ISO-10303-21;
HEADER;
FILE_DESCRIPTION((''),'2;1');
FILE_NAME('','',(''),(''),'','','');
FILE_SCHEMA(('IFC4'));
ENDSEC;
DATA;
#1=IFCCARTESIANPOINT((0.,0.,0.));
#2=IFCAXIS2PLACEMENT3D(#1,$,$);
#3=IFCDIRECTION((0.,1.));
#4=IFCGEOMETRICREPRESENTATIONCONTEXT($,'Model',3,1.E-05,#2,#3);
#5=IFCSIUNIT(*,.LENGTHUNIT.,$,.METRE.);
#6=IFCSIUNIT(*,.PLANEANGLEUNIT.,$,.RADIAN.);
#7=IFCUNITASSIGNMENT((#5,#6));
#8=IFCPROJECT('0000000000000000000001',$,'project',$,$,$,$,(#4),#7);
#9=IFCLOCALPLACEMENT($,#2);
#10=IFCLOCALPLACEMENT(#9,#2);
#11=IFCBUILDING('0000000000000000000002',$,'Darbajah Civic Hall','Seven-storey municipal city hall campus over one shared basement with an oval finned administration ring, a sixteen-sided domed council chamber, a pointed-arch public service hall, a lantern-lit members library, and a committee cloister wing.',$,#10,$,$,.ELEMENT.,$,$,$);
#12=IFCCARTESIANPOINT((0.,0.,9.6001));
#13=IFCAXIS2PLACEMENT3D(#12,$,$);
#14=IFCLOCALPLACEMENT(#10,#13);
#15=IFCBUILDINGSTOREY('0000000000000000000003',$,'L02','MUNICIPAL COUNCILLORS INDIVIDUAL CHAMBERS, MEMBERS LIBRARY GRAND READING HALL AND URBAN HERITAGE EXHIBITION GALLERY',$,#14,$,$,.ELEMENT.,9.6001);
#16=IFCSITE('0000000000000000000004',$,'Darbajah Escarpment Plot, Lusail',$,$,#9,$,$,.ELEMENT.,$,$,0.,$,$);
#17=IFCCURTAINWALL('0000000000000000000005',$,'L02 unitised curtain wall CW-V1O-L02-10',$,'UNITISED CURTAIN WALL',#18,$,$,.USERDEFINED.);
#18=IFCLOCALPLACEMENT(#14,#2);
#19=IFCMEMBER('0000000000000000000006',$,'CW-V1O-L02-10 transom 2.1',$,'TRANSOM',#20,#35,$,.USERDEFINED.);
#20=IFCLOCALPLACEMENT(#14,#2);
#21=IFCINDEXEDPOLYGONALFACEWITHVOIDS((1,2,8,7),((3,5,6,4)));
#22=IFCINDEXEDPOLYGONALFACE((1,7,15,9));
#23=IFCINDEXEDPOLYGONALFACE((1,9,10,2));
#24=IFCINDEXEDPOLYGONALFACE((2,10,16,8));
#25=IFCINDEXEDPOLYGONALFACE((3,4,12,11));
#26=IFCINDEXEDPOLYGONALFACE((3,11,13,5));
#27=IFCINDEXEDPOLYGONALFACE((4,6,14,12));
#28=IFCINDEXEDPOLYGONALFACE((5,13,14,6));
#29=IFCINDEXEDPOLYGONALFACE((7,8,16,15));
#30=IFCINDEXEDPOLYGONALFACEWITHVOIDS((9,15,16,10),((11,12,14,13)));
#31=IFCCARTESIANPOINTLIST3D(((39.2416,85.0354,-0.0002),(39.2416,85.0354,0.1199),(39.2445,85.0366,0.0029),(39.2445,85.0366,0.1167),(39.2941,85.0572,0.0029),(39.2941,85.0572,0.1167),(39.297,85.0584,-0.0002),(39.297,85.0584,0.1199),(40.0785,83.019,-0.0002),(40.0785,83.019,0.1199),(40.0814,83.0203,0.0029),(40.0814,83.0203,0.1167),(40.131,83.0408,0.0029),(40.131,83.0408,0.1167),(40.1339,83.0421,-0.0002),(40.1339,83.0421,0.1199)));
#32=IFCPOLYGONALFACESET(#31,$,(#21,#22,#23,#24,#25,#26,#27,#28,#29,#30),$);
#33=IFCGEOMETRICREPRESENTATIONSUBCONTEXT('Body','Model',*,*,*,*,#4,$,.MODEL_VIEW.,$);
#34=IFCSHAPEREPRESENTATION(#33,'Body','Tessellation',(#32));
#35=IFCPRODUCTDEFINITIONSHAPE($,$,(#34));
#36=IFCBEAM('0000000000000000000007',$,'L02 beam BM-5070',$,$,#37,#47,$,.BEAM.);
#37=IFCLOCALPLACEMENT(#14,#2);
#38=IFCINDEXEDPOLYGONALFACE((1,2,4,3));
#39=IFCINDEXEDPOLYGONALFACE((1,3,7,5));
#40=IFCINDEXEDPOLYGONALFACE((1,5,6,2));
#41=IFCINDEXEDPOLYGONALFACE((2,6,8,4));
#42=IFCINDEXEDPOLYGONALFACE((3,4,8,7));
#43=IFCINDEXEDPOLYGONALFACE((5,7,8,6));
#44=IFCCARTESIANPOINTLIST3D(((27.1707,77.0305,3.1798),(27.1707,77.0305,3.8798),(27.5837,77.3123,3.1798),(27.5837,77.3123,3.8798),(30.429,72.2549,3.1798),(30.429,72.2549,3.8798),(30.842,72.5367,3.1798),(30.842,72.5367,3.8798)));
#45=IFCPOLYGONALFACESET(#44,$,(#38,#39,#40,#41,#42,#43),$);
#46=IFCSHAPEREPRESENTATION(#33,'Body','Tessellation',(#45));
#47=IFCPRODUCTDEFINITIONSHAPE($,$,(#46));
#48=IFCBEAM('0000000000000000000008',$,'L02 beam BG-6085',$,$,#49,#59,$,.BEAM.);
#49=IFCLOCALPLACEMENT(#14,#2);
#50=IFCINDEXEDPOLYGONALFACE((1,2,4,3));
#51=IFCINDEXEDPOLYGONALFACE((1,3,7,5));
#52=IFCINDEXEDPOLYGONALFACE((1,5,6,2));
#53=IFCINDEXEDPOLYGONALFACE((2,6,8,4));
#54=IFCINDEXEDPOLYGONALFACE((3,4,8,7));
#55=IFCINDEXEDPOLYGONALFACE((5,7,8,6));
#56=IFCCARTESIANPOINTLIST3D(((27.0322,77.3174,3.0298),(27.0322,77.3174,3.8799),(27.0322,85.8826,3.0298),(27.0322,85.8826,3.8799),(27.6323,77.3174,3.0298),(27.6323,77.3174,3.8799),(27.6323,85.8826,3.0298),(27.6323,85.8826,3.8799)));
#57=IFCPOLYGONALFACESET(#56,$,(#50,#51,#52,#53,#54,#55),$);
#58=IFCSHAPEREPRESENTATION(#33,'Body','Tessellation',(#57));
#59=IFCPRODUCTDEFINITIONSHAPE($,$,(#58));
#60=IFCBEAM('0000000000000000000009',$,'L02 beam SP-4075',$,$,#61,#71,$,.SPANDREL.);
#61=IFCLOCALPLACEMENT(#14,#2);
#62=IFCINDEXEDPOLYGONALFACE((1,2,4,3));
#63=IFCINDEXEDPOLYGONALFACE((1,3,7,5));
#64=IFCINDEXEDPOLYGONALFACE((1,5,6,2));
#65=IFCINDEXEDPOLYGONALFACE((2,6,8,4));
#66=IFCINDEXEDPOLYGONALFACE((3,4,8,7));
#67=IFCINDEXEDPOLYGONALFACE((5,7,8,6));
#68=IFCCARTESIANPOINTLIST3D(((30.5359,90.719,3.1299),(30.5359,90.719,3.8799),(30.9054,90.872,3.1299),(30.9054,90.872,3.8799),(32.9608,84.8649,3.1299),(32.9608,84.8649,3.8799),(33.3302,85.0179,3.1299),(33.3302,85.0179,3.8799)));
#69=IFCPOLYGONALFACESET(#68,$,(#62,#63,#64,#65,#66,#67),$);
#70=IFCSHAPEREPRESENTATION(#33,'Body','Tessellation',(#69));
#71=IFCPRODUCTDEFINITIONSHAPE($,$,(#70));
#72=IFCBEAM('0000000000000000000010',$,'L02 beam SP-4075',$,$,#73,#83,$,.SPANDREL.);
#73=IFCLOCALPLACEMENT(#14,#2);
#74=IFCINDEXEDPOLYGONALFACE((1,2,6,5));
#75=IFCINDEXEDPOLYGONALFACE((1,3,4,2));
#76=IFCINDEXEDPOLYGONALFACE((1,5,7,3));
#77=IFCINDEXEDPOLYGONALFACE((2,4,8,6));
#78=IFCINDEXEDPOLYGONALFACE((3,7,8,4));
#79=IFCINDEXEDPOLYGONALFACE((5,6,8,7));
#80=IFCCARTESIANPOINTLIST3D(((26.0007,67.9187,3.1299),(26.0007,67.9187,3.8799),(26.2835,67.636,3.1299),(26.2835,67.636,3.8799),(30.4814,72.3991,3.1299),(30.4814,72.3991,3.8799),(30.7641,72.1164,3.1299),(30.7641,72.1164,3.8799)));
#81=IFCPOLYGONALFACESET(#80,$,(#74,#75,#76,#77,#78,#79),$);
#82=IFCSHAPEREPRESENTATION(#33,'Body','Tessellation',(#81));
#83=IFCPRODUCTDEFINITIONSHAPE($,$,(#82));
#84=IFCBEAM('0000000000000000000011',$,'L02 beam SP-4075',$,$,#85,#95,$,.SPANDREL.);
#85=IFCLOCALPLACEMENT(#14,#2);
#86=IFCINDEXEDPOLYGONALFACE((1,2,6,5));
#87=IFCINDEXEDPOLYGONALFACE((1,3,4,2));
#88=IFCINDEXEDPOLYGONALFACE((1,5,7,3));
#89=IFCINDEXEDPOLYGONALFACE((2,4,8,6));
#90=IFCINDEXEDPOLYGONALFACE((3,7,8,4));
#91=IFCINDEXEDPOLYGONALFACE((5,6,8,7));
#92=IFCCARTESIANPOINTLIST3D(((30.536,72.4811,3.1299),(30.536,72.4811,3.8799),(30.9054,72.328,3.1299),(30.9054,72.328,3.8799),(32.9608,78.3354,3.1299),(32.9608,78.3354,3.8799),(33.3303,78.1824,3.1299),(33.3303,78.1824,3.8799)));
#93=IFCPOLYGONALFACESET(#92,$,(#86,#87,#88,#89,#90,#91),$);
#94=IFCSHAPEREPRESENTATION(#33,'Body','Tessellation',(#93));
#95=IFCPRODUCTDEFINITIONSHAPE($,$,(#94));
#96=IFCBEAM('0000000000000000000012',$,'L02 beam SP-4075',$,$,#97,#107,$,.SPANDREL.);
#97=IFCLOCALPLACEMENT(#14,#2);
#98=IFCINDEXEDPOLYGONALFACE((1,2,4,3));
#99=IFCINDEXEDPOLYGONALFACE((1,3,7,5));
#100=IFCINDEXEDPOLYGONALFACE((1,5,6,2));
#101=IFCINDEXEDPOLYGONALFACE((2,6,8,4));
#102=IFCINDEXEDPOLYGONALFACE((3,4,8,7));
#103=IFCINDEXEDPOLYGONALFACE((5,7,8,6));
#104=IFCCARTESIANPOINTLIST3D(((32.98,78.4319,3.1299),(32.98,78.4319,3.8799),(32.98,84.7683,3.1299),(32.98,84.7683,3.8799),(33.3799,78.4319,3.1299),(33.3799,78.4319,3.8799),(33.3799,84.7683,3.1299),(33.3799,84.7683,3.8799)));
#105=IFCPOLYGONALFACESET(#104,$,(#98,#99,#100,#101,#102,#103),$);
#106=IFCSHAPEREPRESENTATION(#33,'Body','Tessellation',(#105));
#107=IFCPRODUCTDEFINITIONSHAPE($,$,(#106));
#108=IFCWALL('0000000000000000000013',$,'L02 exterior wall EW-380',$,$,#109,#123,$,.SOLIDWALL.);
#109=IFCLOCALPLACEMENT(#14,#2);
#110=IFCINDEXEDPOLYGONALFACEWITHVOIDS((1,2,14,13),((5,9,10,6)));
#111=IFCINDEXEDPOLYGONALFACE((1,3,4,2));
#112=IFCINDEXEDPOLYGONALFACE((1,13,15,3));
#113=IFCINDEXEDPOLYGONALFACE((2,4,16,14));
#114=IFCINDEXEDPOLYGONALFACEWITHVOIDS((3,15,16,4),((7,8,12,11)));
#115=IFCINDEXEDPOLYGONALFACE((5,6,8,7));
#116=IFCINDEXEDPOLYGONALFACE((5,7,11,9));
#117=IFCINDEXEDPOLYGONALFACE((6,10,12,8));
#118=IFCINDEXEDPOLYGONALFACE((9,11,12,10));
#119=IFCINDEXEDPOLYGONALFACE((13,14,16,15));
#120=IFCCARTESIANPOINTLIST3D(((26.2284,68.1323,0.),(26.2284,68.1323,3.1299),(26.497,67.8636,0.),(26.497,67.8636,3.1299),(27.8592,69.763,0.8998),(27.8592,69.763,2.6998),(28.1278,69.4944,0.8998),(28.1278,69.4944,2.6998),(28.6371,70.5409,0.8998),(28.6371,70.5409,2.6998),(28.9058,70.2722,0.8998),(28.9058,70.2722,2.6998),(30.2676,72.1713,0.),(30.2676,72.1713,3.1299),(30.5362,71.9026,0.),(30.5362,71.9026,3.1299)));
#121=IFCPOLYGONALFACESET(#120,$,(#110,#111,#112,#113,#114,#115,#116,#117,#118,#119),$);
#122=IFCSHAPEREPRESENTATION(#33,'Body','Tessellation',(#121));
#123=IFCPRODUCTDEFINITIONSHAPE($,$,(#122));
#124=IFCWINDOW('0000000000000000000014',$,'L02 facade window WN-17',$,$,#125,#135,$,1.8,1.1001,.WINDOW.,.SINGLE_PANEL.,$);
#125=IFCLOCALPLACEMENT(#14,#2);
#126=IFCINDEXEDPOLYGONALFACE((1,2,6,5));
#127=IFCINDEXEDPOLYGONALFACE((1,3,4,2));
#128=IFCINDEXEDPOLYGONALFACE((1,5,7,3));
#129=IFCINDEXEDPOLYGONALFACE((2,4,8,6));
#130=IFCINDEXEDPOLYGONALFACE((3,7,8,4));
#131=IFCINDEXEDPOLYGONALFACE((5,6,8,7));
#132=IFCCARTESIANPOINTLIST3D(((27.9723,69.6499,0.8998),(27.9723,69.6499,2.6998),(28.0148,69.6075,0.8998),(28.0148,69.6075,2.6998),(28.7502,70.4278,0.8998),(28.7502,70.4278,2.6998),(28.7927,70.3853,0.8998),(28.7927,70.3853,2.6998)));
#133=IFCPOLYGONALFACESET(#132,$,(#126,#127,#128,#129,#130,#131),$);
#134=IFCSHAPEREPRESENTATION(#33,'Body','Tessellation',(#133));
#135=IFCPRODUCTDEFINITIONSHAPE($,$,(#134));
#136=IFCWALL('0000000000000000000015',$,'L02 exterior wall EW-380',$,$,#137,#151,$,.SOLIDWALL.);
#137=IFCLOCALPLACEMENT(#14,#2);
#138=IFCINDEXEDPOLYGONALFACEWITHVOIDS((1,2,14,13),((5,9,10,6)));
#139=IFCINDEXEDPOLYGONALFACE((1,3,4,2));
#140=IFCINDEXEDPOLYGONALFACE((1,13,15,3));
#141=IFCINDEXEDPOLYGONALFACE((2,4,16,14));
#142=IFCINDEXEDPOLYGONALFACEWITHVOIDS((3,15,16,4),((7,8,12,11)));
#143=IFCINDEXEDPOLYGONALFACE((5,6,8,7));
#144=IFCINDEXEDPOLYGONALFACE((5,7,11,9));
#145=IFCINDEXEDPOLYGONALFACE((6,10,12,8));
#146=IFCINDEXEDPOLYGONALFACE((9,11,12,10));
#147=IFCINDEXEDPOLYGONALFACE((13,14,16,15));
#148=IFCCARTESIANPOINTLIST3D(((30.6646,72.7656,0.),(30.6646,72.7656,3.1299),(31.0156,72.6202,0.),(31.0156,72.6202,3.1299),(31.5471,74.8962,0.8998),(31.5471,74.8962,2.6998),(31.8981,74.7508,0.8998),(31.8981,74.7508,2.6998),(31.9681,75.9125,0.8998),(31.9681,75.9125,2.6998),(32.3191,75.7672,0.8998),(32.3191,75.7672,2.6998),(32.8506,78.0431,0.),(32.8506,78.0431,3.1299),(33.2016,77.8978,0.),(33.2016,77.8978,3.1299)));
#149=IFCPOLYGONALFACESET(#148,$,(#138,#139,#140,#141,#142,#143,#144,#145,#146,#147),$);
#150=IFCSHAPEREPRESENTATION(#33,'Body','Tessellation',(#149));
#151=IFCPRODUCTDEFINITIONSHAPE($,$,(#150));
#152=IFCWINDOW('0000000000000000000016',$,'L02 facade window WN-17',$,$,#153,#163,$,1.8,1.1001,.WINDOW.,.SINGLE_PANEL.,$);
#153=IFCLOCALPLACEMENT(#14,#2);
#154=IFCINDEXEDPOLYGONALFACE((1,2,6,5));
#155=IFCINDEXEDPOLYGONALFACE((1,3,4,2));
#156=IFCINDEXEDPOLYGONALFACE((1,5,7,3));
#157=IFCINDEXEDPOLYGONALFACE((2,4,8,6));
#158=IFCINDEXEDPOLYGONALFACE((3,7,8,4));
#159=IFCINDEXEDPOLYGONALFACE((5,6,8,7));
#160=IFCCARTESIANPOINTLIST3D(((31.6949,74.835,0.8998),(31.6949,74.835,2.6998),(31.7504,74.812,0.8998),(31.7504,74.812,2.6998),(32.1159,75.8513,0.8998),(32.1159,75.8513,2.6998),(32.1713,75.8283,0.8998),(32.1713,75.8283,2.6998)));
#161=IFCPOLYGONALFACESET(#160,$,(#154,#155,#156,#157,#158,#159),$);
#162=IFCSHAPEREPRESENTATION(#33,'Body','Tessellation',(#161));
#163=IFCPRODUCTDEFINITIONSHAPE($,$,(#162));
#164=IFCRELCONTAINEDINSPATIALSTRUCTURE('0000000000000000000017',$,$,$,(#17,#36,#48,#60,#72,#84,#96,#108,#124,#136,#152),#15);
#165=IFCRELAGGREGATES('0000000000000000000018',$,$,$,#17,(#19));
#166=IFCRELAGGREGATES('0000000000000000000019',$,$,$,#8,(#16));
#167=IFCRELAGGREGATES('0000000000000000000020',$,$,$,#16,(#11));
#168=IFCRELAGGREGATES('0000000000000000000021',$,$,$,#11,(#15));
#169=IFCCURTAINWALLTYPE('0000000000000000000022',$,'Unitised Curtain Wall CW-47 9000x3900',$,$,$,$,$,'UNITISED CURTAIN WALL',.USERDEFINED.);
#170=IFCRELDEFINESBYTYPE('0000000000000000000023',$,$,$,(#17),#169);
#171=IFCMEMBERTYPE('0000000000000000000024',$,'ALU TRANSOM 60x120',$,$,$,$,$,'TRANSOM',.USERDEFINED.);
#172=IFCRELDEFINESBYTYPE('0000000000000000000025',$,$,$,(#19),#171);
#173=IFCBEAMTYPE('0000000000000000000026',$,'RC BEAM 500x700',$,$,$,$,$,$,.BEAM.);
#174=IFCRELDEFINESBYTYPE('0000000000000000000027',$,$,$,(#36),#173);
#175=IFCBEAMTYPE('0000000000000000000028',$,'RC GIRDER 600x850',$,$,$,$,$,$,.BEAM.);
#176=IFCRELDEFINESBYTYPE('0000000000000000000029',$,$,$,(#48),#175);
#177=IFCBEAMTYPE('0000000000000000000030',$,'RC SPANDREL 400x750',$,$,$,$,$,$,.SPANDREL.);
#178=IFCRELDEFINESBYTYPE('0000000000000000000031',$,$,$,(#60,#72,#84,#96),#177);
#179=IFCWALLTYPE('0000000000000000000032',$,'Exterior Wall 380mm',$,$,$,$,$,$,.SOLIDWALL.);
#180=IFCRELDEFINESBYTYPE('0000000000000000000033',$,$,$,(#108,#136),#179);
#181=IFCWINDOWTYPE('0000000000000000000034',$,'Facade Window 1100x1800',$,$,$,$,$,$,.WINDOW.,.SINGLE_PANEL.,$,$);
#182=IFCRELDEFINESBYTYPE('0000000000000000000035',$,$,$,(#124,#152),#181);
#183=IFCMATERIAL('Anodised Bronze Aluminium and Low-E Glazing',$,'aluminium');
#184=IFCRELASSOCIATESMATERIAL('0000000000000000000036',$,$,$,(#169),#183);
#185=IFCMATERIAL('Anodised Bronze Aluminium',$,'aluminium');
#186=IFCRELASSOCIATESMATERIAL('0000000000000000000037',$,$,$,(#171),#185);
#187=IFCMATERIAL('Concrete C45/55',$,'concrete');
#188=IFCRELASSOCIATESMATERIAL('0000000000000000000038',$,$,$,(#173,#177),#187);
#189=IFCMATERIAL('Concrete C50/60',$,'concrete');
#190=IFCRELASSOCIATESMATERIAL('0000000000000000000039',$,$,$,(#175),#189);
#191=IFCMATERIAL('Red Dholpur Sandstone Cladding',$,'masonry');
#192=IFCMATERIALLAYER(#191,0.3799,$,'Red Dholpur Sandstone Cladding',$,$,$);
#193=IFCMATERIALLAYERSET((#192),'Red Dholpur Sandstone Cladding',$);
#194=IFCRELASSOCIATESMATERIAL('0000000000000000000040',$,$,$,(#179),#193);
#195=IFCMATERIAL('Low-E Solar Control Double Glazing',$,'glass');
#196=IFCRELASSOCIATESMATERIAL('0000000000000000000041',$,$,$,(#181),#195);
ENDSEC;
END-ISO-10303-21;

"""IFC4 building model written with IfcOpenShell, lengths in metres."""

from ifc_helpers import new_model, si_unit, direction, frame, frame_2d, origin, origin_2d, place, context, subcontext, project, spatial, rectangle, hollow_rectangle, extrude, material, layer, layer_set, material_profile, profile_set, type_object, element, fill, aggregate, save


model = new_model("IFC4")

# Units and contexts
model_context = context("Model", 3, precision=1e-05, world=origin(), true_north=direction((0.0, 1.0)))
body_context = subcontext(model_context, "Body", "Model", "MODEL_VIEW")
ifc_project = project(units=[si_unit("LENGTHUNIT", "METRE"), si_unit("PLANEANGLEUNIT", "RADIAN")], contexts=[model_context])

# Site, building, storey
site_placement = place(None, origin())
site = spatial("IfcSite", under=ifc_project, at=site_placement, Name="Darbajah Escarpment Plot, Lusail", CompositionType="ELEMENT", RefElevation=0.0)
building_placement = place(site_placement, origin())
building = spatial("IfcBuilding", under=site, at=building_placement, Name="Darbajah Civic Hall", Description="Seven-storey municipal city hall campus over one shared basement with an oval finned administration ring, a sixteen-sided domed council chamber, a pointed-arch public service hall, a lantern-lit members library, and a committee cloister wing.", CompositionType="ELEMENT")
storey_placement = place(building_placement, frame((0.0, 0.0, 9.6001)))
storey = spatial("IfcBuildingStorey", under=building, at=storey_placement, Name="L02", Description="MUNICIPAL COUNCILLORS INDIVIDUAL CHAMBERS, MEMBERS LIBRARY GRAND READING HALL AND URBAN HERITAGE EXHIBITION GALLERY", CompositionType="ELEMENT", Elevation=9.6001)

# Shared definitions
ifc_material_1 = material(Name="Concrete C45/55", Category="concrete")
ifc_material_2 = material(Name="Concrete C50/60", Category="concrete")

# Curtain wall, member
ifc_material_3 = material(Name="Anodised Bronze Aluminium and Low-E Glazing", Category="aluminium")
curtain_wall_type = type_object("IfcCurtainWallType", Name="Unitised Curtain Wall CW-47 9000x3900", ElementType="UNITISED CURTAIN WALL", PredefinedType="USERDEFINED", material=ifc_material_3)
curtain_wall_placement = place(storey_placement, origin())
curtain_wall = element("IfcCurtainWall", 1, at=curtain_wall_placement, inside=storey, type_object=curtain_wall_type, Name="L02 unitised curtain wall CW-V1O-L02-10", ObjectType="UNITISED CURTAIN WALL", PredefinedType="USERDEFINED")
ifc_material_4 = material(Name="Anodised Bronze Aluminium", Category="aluminium")
ifc_material_profile_1 = material_profile(ifc_material_4, hollow_rectangle(XDim=0.0601, YDim=0.1201, WallThickness=0.0032, at=origin_2d()), Name="ALU TRANSOM 60x120")
ifc_profile_set_1 = profile_set([ifc_material_profile_1], Name="Anodised Bronze Aluminium")
member_type = type_object("IfcMemberType", Name="ALU TRANSOM 60x120", ElementType="TRANSOM", PredefinedType="USERDEFINED", material=ifc_profile_set_1)
member_placement = place(storey_placement, frame((39.2693, 85.0469, 0.0598), z_axis=(0.383352, -0.923602, 0.0), x_axis=(0.923602, 0.383352, 0.0)))
member = element("IfcMember", 2, at=member_placement, type_object=member_type, Name="CW-V1O-L02-10 transom 2.1", ObjectType="TRANSOM", PredefinedType="USERDEFINED", context=body_context, shape_type="SweptSolid", body=[
    extrude(hollow_rectangle(XDim=0.0601, YDim=0.1201, WallThickness=0.0032, at=origin_2d()), origin(), (0.0, 0.0, 1.0), 2.1831),
])
aggregate(curtain_wall, [member])

# Beams
ifc_material_profile_2 = material_profile(ifc_material_1, rectangle(XDim=0.5, YDim=0.7, at=origin_2d()), Name="RC BEAM 500x700")
ifc_profile_set_2 = profile_set([ifc_material_profile_2], Name="Concrete C45/55")
beam_type_1 = type_object("IfcBeamType", Name="RC BEAM 500x700", PredefinedType="BEAM", material=ifc_profile_set_2)
beam_1_placement = place(storey_placement, frame((27.3772, 77.1714, 3.5298), z_axis=(0.563595, -0.826051, 0.0), x_axis=(0.826051, 0.563595, 0.0)))
element("IfcBeam", 3, at=beam_1_placement, inside=storey, type_object=beam_type_1, Name="L02 beam BM-5070", PredefinedType="BEAM", context=body_context, shape_type="SweptSolid", body=[
    extrude(rectangle(XDim=0.5, YDim=0.7, at=origin_2d()), origin(), (0.0, 0.0, 1.0), 5.7812),
])
ifc_material_profile_3 = material_profile(ifc_material_2, rectangle(XDim=0.6001, YDim=0.8501, at=origin_2d()), Name="RC GIRDER 600x850")
ifc_profile_set_3 = profile_set([ifc_material_profile_3], Name="Concrete C50/60")
beam_type_2 = type_object("IfcBeamType", Name="RC GIRDER 600x850", PredefinedType="BEAM", material=ifc_profile_set_3)
beam_2_placement = place(storey_placement, frame((27.3323, 77.3174, 3.4548), z_axis=(0.0, 1.0, 0.0), x_axis=(-1.0, 0.0, 0.0)))
element("IfcBeam", 4, at=beam_2_placement, inside=storey, type_object=beam_type_2, Name="L02 beam BG-6085", PredefinedType="BEAM", context=body_context, shape_type="SweptSolid", body=[
    extrude(rectangle(XDim=0.6001, YDim=0.8501, at=origin_2d()), origin(), (0.0, 0.0, 1.0), 8.5652),
])
ifc_material_profile_4 = material_profile(ifc_material_1, rectangle(XDim=0.3999, YDim=0.75, at=origin_2d()), Name="RC SPANDREL 400x750")
ifc_profile_set_4 = profile_set([ifc_material_profile_4], Name="Concrete C45/55")
beam_type_3 = type_object("IfcBeamType", Name="RC SPANDREL 400x750", PredefinedType="SPANDREL", material=ifc_profile_set_4)
for number, where, z_axis, x_axis, name in (
    (5, (33.1455, 84.9414, 3.5049), (-0.382683, 0.92388, 0.0), (-0.92388, -0.382683, 0.0), "L02 beam SP-4075"),
    (6, (26.1421, 67.7773, 3.5049), (0.707126, 0.707088, 0.0), (-0.707088, 0.707126, 0.0), "L02 beam SP-4075"),
):
    element("IfcBeam", number, at=place(storey_placement, frame(where, z_axis=z_axis, x_axis=x_axis)), inside=storey, type_object=beam_type_3, Name=name, PredefinedType="SPANDREL", context=body_context, shape_type="SweptSolid", body=[
        extrude(rectangle(XDim=0.3999, YDim=0.75, at=origin_2d()), origin(), (0.0, 0.0, 1.0), 6.3364),
    ])
beam_3_placement = place(storey_placement, frame((30.7207, 72.4045, 3.5049), z_axis=(0.382669, 0.923885, 0.0), x_axis=(-0.923885, 0.382669, 0.0)))
element("IfcBeam", 7, at=beam_3_placement, inside=storey, type_object=beam_type_3, Name="L02 beam SP-4075", PredefinedType="SPANDREL", context=body_context, shape_type="SweptSolid", body=[
    extrude(rectangle(XDim=0.3999, YDim=0.75, at=origin_2d()), origin(), (0.0, 0.0, 1.0), 6.3367),
])
beam_4_placement = place(storey_placement, frame((33.1799, 78.4319, 3.5049), z_axis=(0.0, 1.0, 0.0), x_axis=(-1.0, 0.0, 0.0)))
element("IfcBeam", 8, at=beam_4_placement, inside=storey, type_object=beam_type_3, Name="L02 beam SP-4075", PredefinedType="SPANDREL", context=body_context, shape_type="SweptSolid", body=[
    extrude(rectangle(XDim=0.3999, YDim=0.75, at=origin_2d()), origin(), (0.0, 0.0, 1.0), 6.3364),
])

# Walls, openings, windows
ifc_material_5 = material(Name="Red Dholpur Sandstone Cladding", Category="masonry")
ifc_layer_1 = layer(ifc_material_5, 0.3799, Name="Red Dholpur Sandstone Cladding")
ifc_layer_set_1 = layer_set([ifc_layer_1], Name="Red Dholpur Sandstone Cladding")
wall_type_1 = type_object("IfcWallType", Name="Exterior Wall 380mm", PredefinedType="SOLIDWALL", material=ifc_layer_set_1)
wall_1_placement = place(storey_placement, frame((26.3628, 67.998, 0.0), z_axis=(0.0, 0.0, 1.0), x_axis=(0.707128, 0.707085, 0.0)))
wall_1 = element("IfcWall", 9, at=wall_1_placement, inside=storey, type_object=wall_type_1, Name="L02 exterior wall EW-380", PredefinedType="SOLIDWALL", context=body_context, shape_type="SweptSolid", body=[
    extrude(rectangle(XDim=5.7122, YDim=0.3799, at=frame_2d((2.856, 0.0))), origin(), (0.0, 0.0, 1.0), 3.1299),
])
opening_1_placement = place(wall_1_placement, frame((2.3062, 0.0, 0.8999)))
opening_1 = element("IfcOpeningElement", 10, at=opening_1_placement, cuts=wall_1, PredefinedType="OPENING", context=body_context, shape_type="SweptSolid", body=[
    extrude(rectangle(XDim=1.1001, YDim=1.8, at=frame_2d((0.55, 0.8999))), frame((0.0, 0.2, 0.0), z_axis=(0.0, -1.0, 0.0), x_axis=(1.0, 0.0, 0.0)), (0.0, 0.0, 1.0), 0.3999),
])
ifc_material_6 = material(Name="Low-E Solar Control Double Glazing", Category="glass")
window_type = type_object("IfcWindowType", Name="Facade Window 1100x1800", PartitioningType="SINGLE_PANEL", PredefinedType="WINDOW", material=ifc_material_6)
window_1_placement = place(opening_1_placement, origin())
window_1 = element("IfcWindow", 11, at=window_1_placement, inside=storey, type_object=window_type, Name="L02 facade window WN-17", OverallHeight=1.8, OverallWidth=1.1001, PartitioningType="SINGLE_PANEL", PredefinedType="WINDOW", context=body_context, shape_type="SweptSolid", body=[
    extrude(rectangle(XDim=1.1001, YDim=1.8, at=frame_2d((0.55, 0.8999))), frame((0.0, 0.03, 0.0), z_axis=(0.0, -1.0, 0.0), x_axis=(1.0, 0.0, 0.0)), (0.0, 0.0, 1.0), 0.0601),
])
fill(opening_1, window_1)
wall_2_placement = place(storey_placement, frame((30.8401, 72.6929, 0.0), z_axis=(0.0, 0.0, 1.0), x_axis=(0.382681, 0.92388, 0.0)))
wall_2 = element("IfcWall", 12, at=wall_2_placement, inside=storey, type_object=wall_type_1, Name="L02 exterior wall EW-380", PredefinedType="SOLIDWALL", context=body_context, shape_type="SweptSolid", body=[
    extrude(rectangle(XDim=5.7124, YDim=0.3799, at=frame_2d((2.8562, 0.0))), origin(), (0.0, 0.0, 1.0), 3.1299),
])
opening_2_placement = place(wall_2_placement, frame((2.3062, 0.0, 0.8999)))
opening_2 = element("IfcOpeningElement", 13, at=opening_2_placement, cuts=wall_2, PredefinedType="OPENING", context=body_context, shape_type="SweptSolid", body=[
    extrude(rectangle(XDim=1.1001, YDim=1.8, at=frame_2d((0.55, 0.8999))), frame((0.0, 0.2, 0.0), z_axis=(0.0, -1.0, 0.0), x_axis=(1.0, 0.0, 0.0)), (0.0, 0.0, 1.0), 0.3999),
])
window_2_placement = place(opening_2_placement, origin())
window_2 = element("IfcWindow", 14, at=window_2_placement, inside=storey, type_object=window_type, Name="L02 facade window WN-17", OverallHeight=1.8, OverallWidth=1.1001, PartitioningType="SINGLE_PANEL", PredefinedType="WINDOW", context=body_context, shape_type="SweptSolid", body=[
    extrude(rectangle(XDim=1.1001, YDim=1.8, at=frame_2d((0.55, 0.8999))), frame((0.0, 0.03, 0.0), z_axis=(0.0, -1.0, 0.0), x_axis=(1.0, 0.0, 0.0)), (0.0, 0.0, 1.0), 0.0601),
])
fill(opening_2, window_2)

save(model, "model.ifc")
